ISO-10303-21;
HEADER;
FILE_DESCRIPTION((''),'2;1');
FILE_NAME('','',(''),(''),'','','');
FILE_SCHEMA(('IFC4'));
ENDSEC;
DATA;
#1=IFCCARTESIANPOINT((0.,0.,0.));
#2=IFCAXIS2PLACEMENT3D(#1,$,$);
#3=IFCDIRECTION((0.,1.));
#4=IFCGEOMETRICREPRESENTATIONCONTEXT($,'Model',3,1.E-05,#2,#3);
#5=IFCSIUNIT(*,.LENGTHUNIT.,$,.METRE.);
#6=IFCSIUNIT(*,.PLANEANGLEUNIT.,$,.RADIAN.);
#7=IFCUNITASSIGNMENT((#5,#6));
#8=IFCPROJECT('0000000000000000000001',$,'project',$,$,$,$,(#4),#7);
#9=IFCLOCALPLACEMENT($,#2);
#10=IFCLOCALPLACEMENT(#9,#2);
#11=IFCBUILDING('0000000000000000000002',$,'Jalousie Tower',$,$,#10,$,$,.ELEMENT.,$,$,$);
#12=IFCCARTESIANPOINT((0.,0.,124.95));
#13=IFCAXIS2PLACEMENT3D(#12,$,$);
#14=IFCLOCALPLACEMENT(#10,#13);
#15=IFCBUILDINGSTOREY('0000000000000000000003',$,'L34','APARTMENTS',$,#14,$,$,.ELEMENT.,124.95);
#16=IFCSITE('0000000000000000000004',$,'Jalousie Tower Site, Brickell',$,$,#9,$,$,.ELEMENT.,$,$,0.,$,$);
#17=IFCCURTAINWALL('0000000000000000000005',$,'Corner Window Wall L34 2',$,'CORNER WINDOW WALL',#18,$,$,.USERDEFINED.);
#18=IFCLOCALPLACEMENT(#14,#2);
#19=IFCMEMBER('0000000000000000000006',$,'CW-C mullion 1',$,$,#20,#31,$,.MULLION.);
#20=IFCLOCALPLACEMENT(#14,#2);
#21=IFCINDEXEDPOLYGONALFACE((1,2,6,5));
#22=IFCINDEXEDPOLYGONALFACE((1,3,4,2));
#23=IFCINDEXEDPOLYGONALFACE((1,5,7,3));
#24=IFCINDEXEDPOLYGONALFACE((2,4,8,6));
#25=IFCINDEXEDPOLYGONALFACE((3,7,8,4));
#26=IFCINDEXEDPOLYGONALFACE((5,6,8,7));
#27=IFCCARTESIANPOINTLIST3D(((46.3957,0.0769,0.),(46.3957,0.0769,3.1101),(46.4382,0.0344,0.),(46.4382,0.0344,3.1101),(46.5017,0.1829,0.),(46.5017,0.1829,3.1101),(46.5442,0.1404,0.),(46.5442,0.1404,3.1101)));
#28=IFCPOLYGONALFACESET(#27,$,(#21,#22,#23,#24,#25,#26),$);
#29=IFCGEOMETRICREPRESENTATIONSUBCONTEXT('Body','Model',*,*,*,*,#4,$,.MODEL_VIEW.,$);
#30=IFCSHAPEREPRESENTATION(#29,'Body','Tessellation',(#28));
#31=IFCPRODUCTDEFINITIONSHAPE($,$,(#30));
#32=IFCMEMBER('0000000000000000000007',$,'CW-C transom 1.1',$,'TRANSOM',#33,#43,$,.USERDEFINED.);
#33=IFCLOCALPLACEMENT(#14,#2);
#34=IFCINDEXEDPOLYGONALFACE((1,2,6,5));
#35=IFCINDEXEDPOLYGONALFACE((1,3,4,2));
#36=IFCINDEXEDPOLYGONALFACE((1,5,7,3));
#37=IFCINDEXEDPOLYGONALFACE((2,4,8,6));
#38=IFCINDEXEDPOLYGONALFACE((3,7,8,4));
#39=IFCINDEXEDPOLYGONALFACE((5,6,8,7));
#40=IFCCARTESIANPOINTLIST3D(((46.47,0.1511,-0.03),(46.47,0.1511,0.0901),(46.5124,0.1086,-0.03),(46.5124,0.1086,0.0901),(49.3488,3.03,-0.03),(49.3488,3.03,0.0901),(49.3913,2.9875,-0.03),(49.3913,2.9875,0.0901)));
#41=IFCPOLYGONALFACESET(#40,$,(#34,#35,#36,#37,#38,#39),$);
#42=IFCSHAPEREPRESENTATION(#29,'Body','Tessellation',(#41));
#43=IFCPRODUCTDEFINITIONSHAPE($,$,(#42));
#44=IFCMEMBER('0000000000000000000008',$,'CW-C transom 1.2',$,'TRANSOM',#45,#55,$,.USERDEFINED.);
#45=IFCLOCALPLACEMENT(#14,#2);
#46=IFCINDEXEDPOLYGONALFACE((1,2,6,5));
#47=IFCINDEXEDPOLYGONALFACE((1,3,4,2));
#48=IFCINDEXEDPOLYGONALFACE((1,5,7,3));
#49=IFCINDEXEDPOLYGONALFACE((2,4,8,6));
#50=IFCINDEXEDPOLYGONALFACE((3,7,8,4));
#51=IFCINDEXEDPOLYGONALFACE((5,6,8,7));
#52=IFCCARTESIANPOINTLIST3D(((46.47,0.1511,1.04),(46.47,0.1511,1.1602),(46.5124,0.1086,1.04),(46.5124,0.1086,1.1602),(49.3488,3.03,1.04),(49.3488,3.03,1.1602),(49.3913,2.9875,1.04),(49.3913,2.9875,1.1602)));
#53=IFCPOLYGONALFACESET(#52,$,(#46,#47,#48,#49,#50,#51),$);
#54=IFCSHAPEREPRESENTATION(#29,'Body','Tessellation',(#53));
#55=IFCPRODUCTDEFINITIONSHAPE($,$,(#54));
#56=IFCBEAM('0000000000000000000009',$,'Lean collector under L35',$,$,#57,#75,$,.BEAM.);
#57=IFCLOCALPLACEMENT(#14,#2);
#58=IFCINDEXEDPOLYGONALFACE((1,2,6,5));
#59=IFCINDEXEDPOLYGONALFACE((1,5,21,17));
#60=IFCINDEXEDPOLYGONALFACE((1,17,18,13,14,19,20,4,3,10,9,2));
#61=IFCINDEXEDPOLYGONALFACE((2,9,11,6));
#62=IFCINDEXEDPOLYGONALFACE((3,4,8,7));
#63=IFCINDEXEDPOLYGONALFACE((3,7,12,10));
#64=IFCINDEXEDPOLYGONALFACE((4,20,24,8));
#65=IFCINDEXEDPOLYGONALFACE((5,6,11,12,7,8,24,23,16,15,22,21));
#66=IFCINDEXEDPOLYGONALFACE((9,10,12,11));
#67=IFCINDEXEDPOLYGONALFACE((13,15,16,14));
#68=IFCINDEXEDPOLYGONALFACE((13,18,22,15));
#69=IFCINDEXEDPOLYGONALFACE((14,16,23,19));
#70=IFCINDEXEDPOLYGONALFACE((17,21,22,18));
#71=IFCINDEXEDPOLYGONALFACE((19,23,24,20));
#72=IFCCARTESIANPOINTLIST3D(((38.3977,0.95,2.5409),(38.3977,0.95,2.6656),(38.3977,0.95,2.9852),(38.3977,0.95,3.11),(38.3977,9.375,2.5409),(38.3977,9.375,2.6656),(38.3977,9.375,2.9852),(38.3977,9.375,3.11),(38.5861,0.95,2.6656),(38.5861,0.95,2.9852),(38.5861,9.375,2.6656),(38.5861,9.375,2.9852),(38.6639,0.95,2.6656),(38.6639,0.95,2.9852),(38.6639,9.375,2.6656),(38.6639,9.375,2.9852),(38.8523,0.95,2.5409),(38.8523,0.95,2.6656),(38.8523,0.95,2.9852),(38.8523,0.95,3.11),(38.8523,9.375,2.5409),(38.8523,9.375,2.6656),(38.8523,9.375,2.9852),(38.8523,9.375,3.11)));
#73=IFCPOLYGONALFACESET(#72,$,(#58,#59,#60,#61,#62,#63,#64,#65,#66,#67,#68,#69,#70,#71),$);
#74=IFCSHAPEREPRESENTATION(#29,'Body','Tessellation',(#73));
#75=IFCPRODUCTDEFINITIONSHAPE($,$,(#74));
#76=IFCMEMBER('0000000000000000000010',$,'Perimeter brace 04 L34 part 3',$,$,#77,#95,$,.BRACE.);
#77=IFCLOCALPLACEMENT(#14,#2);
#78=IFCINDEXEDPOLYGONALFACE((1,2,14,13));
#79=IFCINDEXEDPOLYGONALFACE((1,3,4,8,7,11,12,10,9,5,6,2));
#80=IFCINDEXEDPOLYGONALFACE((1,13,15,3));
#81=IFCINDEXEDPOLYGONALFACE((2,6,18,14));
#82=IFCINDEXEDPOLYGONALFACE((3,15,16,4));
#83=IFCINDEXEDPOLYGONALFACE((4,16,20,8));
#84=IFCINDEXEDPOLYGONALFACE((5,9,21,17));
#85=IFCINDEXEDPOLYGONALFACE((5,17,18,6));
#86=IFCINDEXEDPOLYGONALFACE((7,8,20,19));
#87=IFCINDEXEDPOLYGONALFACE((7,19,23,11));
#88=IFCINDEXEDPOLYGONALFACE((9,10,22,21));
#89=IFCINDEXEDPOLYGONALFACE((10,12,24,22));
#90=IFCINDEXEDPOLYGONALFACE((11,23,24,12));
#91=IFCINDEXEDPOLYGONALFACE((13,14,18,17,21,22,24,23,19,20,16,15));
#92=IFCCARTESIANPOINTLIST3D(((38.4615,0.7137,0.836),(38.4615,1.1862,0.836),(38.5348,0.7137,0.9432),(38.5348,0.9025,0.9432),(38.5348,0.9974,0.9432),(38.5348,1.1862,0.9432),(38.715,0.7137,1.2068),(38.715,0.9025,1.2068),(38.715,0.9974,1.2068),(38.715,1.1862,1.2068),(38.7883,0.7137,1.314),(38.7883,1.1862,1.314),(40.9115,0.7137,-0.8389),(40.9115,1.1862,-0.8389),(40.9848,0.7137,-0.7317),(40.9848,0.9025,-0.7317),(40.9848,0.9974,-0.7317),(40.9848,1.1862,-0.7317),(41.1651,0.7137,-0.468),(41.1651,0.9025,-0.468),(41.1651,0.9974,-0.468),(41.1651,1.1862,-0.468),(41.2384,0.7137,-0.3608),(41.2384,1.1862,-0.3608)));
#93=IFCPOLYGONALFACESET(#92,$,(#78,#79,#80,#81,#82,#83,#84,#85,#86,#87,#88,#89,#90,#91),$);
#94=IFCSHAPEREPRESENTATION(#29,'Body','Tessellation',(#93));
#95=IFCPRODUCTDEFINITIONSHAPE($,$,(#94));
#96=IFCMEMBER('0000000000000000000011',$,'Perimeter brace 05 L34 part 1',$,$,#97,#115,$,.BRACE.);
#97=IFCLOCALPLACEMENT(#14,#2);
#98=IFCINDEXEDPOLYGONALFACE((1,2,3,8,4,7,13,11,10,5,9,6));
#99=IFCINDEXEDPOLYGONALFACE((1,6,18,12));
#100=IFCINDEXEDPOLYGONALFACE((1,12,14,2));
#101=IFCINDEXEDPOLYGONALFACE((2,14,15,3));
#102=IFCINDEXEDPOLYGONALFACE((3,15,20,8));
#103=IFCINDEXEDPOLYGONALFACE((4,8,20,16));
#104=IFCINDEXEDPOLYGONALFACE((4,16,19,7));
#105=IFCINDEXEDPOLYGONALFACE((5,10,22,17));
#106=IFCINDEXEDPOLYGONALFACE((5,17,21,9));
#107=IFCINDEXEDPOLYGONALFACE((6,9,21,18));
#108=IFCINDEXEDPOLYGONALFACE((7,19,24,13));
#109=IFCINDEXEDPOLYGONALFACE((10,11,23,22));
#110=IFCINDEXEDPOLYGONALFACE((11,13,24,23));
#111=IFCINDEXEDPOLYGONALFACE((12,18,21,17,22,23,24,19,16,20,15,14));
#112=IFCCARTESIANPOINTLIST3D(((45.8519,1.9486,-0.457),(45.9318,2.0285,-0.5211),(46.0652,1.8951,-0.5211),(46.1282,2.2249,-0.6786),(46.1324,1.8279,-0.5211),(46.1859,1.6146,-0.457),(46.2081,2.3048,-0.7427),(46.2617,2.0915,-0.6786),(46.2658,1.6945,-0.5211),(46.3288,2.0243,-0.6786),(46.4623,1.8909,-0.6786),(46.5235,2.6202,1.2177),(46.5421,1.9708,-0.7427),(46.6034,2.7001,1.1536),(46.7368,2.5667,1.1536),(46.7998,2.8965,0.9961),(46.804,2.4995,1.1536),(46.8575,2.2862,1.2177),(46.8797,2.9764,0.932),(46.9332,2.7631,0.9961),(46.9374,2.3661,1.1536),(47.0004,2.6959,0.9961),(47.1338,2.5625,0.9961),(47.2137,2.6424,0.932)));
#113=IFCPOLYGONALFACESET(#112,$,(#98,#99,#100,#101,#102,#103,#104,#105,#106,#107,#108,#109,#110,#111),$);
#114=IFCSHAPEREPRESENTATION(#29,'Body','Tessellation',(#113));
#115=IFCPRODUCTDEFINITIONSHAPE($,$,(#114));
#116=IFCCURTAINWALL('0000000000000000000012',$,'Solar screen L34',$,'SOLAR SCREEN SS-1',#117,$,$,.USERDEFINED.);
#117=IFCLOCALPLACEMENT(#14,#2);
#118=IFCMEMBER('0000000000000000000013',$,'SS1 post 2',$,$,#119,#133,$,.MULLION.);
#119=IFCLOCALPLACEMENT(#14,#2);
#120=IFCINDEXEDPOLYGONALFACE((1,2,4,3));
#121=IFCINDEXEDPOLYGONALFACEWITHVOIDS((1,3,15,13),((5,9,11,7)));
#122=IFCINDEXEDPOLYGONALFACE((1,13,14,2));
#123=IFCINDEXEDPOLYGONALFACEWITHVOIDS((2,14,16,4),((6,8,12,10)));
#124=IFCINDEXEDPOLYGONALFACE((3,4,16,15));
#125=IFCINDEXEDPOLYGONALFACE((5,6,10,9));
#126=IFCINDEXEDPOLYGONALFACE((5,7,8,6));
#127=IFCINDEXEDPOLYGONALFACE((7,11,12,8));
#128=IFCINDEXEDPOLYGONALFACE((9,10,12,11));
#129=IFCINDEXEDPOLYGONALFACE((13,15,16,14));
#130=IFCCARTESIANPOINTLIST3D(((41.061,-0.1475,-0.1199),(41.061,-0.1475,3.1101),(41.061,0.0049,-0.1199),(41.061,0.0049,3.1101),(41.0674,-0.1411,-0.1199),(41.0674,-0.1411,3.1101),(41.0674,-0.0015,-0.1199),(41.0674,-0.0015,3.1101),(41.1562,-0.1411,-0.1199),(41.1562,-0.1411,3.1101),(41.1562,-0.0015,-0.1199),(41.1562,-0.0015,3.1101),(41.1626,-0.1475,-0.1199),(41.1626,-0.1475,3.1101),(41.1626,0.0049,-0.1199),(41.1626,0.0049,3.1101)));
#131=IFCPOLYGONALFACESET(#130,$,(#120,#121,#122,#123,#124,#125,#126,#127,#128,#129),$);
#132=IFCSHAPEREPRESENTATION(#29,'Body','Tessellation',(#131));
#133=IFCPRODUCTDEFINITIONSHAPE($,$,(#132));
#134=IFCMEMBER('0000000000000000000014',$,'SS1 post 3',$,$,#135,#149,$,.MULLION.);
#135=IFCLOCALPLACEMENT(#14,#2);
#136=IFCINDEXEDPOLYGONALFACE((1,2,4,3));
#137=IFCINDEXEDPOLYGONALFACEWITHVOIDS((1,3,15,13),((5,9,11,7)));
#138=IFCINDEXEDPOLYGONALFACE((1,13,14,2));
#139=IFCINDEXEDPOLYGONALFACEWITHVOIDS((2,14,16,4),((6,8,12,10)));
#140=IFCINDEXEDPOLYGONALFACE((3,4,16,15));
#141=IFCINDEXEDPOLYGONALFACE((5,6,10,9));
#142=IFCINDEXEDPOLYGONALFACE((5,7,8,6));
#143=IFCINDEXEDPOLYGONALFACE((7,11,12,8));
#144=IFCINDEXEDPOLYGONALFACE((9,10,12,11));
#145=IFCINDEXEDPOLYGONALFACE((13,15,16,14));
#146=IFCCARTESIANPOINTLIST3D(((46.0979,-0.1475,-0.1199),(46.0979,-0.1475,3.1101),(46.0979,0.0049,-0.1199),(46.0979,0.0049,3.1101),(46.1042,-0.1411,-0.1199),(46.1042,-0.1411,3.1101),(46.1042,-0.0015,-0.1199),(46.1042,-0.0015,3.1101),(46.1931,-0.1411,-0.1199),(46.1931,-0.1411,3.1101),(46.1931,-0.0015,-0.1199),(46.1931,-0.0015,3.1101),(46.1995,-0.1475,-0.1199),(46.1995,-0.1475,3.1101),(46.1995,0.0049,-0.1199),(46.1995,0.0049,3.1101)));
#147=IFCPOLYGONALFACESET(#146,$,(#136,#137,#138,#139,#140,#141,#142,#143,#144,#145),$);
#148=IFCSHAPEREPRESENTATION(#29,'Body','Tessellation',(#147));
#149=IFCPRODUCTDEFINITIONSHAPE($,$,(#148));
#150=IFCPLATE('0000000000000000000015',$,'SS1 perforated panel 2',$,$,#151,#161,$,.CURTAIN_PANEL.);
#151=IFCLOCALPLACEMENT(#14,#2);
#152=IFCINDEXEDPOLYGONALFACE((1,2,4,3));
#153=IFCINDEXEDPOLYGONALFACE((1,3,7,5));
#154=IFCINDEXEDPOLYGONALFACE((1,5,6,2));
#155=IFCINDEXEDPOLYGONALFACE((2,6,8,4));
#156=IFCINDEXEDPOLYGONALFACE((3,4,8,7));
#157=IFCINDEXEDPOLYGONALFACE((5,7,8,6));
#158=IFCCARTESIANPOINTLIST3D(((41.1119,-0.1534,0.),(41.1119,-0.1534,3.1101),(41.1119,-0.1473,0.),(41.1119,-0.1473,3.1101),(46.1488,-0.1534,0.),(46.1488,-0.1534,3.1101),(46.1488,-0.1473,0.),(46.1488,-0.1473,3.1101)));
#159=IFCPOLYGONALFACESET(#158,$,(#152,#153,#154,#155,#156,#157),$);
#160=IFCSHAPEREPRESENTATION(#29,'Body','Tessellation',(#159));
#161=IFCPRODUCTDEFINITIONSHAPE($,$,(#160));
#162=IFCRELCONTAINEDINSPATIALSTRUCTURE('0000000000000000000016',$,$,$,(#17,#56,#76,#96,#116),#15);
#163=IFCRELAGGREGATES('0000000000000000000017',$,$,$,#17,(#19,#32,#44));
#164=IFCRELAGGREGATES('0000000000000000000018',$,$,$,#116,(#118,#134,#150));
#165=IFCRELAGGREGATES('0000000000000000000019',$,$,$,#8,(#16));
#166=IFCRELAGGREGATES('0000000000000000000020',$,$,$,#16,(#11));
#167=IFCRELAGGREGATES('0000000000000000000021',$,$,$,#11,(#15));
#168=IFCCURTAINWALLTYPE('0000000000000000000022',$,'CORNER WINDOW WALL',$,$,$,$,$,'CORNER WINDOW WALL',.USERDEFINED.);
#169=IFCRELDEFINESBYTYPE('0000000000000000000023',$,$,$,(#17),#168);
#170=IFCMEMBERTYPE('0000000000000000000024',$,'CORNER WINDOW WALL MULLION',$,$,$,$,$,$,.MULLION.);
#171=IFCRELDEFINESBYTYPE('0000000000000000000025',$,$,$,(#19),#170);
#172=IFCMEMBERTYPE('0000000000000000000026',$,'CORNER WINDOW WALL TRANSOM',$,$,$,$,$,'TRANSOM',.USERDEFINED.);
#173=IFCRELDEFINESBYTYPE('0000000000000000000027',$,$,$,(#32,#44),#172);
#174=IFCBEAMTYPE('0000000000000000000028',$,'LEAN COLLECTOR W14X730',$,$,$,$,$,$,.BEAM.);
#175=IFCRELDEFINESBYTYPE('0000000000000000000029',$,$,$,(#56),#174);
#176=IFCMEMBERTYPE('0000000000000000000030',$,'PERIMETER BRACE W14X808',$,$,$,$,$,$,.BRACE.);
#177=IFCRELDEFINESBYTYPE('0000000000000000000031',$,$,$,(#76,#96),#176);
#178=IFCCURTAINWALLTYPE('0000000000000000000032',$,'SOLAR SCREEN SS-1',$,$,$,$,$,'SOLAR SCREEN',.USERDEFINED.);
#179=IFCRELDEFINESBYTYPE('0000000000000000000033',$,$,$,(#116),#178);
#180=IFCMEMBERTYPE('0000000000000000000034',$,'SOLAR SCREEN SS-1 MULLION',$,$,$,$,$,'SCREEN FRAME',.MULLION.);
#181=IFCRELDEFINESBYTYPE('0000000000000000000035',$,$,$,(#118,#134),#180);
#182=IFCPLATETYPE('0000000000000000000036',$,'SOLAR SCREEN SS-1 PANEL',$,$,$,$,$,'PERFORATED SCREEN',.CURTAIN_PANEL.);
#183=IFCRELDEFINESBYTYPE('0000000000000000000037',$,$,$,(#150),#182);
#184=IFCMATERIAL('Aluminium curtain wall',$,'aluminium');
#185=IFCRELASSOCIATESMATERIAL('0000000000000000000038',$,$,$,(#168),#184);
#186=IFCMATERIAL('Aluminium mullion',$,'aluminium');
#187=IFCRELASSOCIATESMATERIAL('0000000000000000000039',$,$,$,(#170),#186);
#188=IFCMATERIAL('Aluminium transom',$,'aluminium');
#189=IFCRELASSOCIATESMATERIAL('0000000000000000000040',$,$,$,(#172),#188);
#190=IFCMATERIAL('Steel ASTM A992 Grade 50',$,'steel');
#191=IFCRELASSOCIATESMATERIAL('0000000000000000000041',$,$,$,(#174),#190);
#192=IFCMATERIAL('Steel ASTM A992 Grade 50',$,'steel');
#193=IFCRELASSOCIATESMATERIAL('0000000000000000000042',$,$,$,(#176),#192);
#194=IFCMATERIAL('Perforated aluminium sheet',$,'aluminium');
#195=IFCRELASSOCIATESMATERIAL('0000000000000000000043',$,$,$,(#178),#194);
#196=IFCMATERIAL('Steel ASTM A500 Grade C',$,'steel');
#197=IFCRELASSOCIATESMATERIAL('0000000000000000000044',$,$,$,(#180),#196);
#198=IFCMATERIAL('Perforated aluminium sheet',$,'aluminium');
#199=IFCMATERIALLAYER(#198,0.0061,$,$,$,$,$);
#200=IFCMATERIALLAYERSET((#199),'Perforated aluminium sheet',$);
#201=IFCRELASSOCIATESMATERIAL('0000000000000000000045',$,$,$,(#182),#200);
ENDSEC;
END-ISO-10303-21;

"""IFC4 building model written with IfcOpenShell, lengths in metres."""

from ifc_helpers import new_model, si_unit, direction, frame, origin, origin_2d, place, context, subcontext, project, spatial, rectangle, hollow_rectangle, i_section, extrude, material, layer, layer_set, material_profile, profile_set, type_object, element, aggregate, save


model = new_model("IFC4")

# Units and contexts
model_context = context("Model", 3, precision=1e-05, world=origin(), true_north=direction((0.0, 1.0)))
body_context = subcontext(model_context, "Body", "Model", "MODEL_VIEW")
ifc_project = project(units=[si_unit("LENGTHUNIT", "METRE"), si_unit("PLANEANGLEUNIT", "RADIAN")], contexts=[model_context])

# Site, building, storey
site_placement = place(None, origin())
site = spatial("IfcSite", under=ifc_project, at=site_placement, Name="Jalousie Tower Site, Brickell", CompositionType="ELEMENT", RefElevation=0.0)
building_placement = place(site_placement, origin())
building = spatial("IfcBuilding", under=site, at=building_placement, Name="Jalousie Tower", CompositionType="ELEMENT")
storey_placement = place(building_placement, frame((0.0, 0.0, 124.95)))
storey = spatial("IfcBuildingStorey", under=building, at=storey_placement, Name="L34", Description="APARTMENTS", CompositionType="ELEMENT", Elevation=124.95)

# Curtain wall, members
ifc_material_1 = material(Name="Aluminium curtain wall", Category="aluminium")
curtain_wall_type_1 = type_object("IfcCurtainWallType", Name="CORNER WINDOW WALL", ElementType="CORNER WINDOW WALL", PredefinedType="USERDEFINED", material=ifc_material_1)
curtain_wall_1_placement = place(storey_placement, origin())
curtain_wall_1 = element("IfcCurtainWall", 1, at=curtain_wall_1_placement, inside=storey, type_object=curtain_wall_type_1, Name="Corner Window Wall L34 2", ObjectType="CORNER WINDOW WALL", PredefinedType="USERDEFINED")
ifc_material_2 = material(Name="Aluminium mullion", Category="aluminium")
ifc_material_profile_1 = material_profile(ifc_material_2, rectangle(XDim=0.0601, YDim=0.1499, at=origin_2d()), Name="MULLION 60x150")
ifc_profile_set_1 = profile_set([ifc_material_profile_1], Name="Aluminium mullion")
member_type_1 = type_object("IfcMemberType", Name="CORNER WINDOW WALL MULLION", PredefinedType="MULLION", material=ifc_profile_set_1)
member_1_placement = place(storey_placement, frame((46.47, 0.1086, 0.0), z_axis=(0.0, 0.0, 1.0), x_axis=(-0.707107, 0.707107, 0.0)))
member_1 = element("IfcMember", 2, at=member_1_placement, type_object=member_type_1, Name="CW-C mullion 1", PredefinedType="MULLION", context=body_context, shape_type="SweptSolid", body=[
    extrude(rectangle(XDim=0.0601, YDim=0.1499, at=origin_2d()), origin(), (0.0, 0.0, 1.0), 3.1101),
])
ifc_material_3 = material(Name="Aluminium transom", Category="aluminium")
ifc_material_profile_2 = material_profile(ifc_material_3, rectangle(XDim=0.0601, YDim=0.1201, at=origin_2d()), Name="TRANSOM 60x120")
ifc_profile_set_2 = profile_set([ifc_material_profile_2], Name="Aluminium transom")
member_type_2 = type_object("IfcMemberType", Name="CORNER WINDOW WALL TRANSOM", ElementType="TRANSOM", PredefinedType="USERDEFINED", material=ifc_profile_set_2)
member_2_placement = place(storey_placement, frame((46.4912, 0.1299, 0.03), z_axis=(0.707107, 0.707107, 0.0), x_axis=(-0.707107, 0.707107, 0.0)))
member_2 = element("IfcMember", 3, at=member_2_placement, type_object=member_type_2, Name="CW-C transom 1.1", ObjectType="TRANSOM", PredefinedType="USERDEFINED", context=body_context, shape_type="SweptSolid", body=[
    extrude(rectangle(XDim=0.0601, YDim=0.1201, at=origin_2d()), origin(), (0.0, 0.0, 1.0), 4.0713),
])
member_3_placement = place(storey_placement, frame((46.4912, 0.1299, 1.1001), z_axis=(0.707107, 0.707107, 0.0), x_axis=(-0.707107, 0.707107, 0.0)))
member_3 = element("IfcMember", 4, at=member_3_placement, type_object=member_type_2, Name="CW-C transom 1.2", ObjectType="TRANSOM", PredefinedType="USERDEFINED", context=body_context, shape_type="SweptSolid", body=[
    extrude(rectangle(XDim=0.0601, YDim=0.1201, at=origin_2d()), origin(), (0.0, 0.0, 1.0), 4.0713),
])
aggregate(curtain_wall_1, [member_1, member_2, member_3])

# Beam
ifc_material_4 = material(Name="Steel ASTM A992 Grade 50", Category="steel")
ifc_material_profile_3 = material_profile(ifc_material_4, i_section(OverallWidth=0.4546, OverallDepth=0.5691, WebThickness=0.0779, FlangeThickness=0.1248, at=origin_2d()), Name="W14X730")
ifc_profile_set_3 = profile_set([ifc_material_profile_3], Name="Steel ASTM A992 Grade 50")
beam_type = type_object("IfcBeamType", Name="LEAN COLLECTOR W14X730", PredefinedType="BEAM", material=ifc_profile_set_3)
beam_placement = place(storey_placement, frame((38.625, 0.95, 2.8254), z_axis=(0.0, 1.0, 0.0), x_axis=(-1.0, 0.0, 0.0)))
element("IfcBeam", 5, at=beam_placement, inside=storey, type_object=beam_type, Name="Lean collector under L35", PredefinedType="BEAM", context=body_context, shape_type="SweptSolid", body=[
    extrude(i_section(OverallWidth=0.4546, OverallDepth=0.5691, WebThickness=0.0779, FlangeThickness=0.1248, at=origin_2d()), origin(), (0.0, 0.0, 1.0), 8.425),
])

# Members
ifc_material_5 = material(Name="Steel ASTM A992 Grade 50", Category="steel")
ifc_material_profile_4 = material_profile(ifc_material_5, i_section(OverallWidth=0.4724, OverallDepth=0.5791, WebThickness=0.095, FlangeThickness=0.1299, at=origin_2d()), Name="W14X808")
ifc_profile_set_4 = profile_set([ifc_material_profile_4], Name="Steel ASTM A992 Grade 50")
member_type_3 = type_object("IfcMemberType", Name="PERIMETER BRACE W14X808", PredefinedType="BRACE", material=ifc_profile_set_4)
member_4_placement = place(storey_placement, frame((41.075, 0.95, -0.5999), z_axis=(-0.825539, 0.0, 0.564345), x_axis=(0.0, -1.0, 0.0)))
element("IfcMember", 6, at=member_4_placement, inside=storey, type_object=member_type_3, Name="Perimeter brace 04 L34 part 3", PredefinedType="BRACE", context=body_context, shape_type="SweptSolid", body=[
    extrude(i_section(OverallWidth=0.4724, OverallDepth=0.5791, WebThickness=0.095, FlangeThickness=0.1299, at=origin_2d()), origin(), (0.0, 0.0, 1.0), 2.9678),
])
member_5_placement = place(storey_placement, frame((46.197, 1.9597, -0.5999), z_axis=(0.348828, 0.348828, 0.86985), x_axis=(-0.707107, 0.707107, 0.0)))
element("IfcMember", 7, at=member_5_placement, inside=storey, type_object=member_type_3, Name="Perimeter brace 05 L34 part 1", PredefinedType="BRACE", context=body_context, shape_type="SweptSolid", body=[
    extrude(i_section(OverallWidth=0.4724, OverallDepth=0.5791, WebThickness=0.095, FlangeThickness=0.1299, at=origin_2d()), origin(), (0.0, 0.0, 1.0), 1.9253),
])

# Curtain wall, members, plate
ifc_material_6 = material(Name="Perforated aluminium sheet", Category="aluminium")
curtain_wall_type_2 = type_object("IfcCurtainWallType", Name="SOLAR SCREEN SS-1", ElementType="SOLAR SCREEN", PredefinedType="USERDEFINED", material=ifc_material_6)
curtain_wall_2_placement = place(storey_placement, origin())
curtain_wall_2 = element("IfcCurtainWall", 8, at=curtain_wall_2_placement, inside=storey, type_object=curtain_wall_type_2, Name="Solar screen L34", ObjectType="SOLAR SCREEN SS-1", PredefinedType="USERDEFINED")
ifc_material_7 = material(Name="Steel ASTM A500 Grade C", Category="steel")
ifc_material_profile_5 = material_profile(ifc_material_7, hollow_rectangle(XDim=0.1016, YDim=0.1523, WallThickness=0.0063, at=origin_2d()), Name="HSS6X4X1/4")
ifc_profile_set_5 = profile_set([ifc_material_profile_5], Name="Steel ASTM A500 Grade C")
member_type_4 = type_object("IfcMemberType", Name="SOLAR SCREEN SS-1 MULLION", ElementType="SCREEN FRAME", PredefinedType="MULLION", material=ifc_profile_set_5)
member_6_placement = place(storey_placement, frame((41.1118, -0.0713, -0.1199), z_axis=(0.0, 0.0, 1.0), x_axis=(1.0, 0.0, 0.0)))
member_6 = element("IfcMember", 9, at=member_6_placement, type_object=member_type_4, Name="SS1 post 2", PredefinedType="MULLION", context=body_context, shape_type="SweptSolid", body=[
    extrude(hollow_rectangle(XDim=0.1016, YDim=0.1523, WallThickness=0.0063, at=origin_2d()), origin(), (0.0, 0.0, 1.0), 3.23),
])
member_7_placement = place(storey_placement, frame((46.1487, -0.0713, -0.1199), z_axis=(0.0, 0.0, 1.0), x_axis=(1.0, 0.0, 0.0)))
member_7 = element("IfcMember", 10, at=member_7_placement, type_object=member_type_4, Name="SS1 post 3", PredefinedType="MULLION", context=body_context, shape_type="SweptSolid", body=[
    extrude(hollow_rectangle(XDim=0.1016, YDim=0.1523, WallThickness=0.0063, at=origin_2d()), origin(), (0.0, 0.0, 1.0), 3.23),
])
ifc_material_8 = material(Name="Perforated aluminium sheet", Category="aluminium")
ifc_layer = layer(ifc_material_8, 0.0061)
ifc_layer_set = layer_set([ifc_layer], Name="Perforated aluminium sheet")
plate_type = type_object("IfcPlateType", Name="SOLAR SCREEN SS-1 PANEL", ElementType="PERFORATED SCREEN", PredefinedType="CURTAIN_PANEL", material=ifc_layer_set)
plate_placement = place(storey_placement, frame((43.6304, -0.1504, 0.0), z_axis=(0.0, 0.0, 1.0), x_axis=(1.0, 0.0, 0.0)))
plate = element("IfcPlate", 11, at=plate_placement, type_object=plate_type, Name="SS1 perforated panel 2", PredefinedType="CURTAIN_PANEL", context=body_context, shape_type="SweptSolid", body=[
    extrude(rectangle(XDim=5.0369, YDim=0.0061, at=origin_2d()), origin(), (0.0, 0.0, 1.0), 3.1101),
])
aggregate(curtain_wall_2, [member_6, member_7, plate])

save(model, "model.ifc")
